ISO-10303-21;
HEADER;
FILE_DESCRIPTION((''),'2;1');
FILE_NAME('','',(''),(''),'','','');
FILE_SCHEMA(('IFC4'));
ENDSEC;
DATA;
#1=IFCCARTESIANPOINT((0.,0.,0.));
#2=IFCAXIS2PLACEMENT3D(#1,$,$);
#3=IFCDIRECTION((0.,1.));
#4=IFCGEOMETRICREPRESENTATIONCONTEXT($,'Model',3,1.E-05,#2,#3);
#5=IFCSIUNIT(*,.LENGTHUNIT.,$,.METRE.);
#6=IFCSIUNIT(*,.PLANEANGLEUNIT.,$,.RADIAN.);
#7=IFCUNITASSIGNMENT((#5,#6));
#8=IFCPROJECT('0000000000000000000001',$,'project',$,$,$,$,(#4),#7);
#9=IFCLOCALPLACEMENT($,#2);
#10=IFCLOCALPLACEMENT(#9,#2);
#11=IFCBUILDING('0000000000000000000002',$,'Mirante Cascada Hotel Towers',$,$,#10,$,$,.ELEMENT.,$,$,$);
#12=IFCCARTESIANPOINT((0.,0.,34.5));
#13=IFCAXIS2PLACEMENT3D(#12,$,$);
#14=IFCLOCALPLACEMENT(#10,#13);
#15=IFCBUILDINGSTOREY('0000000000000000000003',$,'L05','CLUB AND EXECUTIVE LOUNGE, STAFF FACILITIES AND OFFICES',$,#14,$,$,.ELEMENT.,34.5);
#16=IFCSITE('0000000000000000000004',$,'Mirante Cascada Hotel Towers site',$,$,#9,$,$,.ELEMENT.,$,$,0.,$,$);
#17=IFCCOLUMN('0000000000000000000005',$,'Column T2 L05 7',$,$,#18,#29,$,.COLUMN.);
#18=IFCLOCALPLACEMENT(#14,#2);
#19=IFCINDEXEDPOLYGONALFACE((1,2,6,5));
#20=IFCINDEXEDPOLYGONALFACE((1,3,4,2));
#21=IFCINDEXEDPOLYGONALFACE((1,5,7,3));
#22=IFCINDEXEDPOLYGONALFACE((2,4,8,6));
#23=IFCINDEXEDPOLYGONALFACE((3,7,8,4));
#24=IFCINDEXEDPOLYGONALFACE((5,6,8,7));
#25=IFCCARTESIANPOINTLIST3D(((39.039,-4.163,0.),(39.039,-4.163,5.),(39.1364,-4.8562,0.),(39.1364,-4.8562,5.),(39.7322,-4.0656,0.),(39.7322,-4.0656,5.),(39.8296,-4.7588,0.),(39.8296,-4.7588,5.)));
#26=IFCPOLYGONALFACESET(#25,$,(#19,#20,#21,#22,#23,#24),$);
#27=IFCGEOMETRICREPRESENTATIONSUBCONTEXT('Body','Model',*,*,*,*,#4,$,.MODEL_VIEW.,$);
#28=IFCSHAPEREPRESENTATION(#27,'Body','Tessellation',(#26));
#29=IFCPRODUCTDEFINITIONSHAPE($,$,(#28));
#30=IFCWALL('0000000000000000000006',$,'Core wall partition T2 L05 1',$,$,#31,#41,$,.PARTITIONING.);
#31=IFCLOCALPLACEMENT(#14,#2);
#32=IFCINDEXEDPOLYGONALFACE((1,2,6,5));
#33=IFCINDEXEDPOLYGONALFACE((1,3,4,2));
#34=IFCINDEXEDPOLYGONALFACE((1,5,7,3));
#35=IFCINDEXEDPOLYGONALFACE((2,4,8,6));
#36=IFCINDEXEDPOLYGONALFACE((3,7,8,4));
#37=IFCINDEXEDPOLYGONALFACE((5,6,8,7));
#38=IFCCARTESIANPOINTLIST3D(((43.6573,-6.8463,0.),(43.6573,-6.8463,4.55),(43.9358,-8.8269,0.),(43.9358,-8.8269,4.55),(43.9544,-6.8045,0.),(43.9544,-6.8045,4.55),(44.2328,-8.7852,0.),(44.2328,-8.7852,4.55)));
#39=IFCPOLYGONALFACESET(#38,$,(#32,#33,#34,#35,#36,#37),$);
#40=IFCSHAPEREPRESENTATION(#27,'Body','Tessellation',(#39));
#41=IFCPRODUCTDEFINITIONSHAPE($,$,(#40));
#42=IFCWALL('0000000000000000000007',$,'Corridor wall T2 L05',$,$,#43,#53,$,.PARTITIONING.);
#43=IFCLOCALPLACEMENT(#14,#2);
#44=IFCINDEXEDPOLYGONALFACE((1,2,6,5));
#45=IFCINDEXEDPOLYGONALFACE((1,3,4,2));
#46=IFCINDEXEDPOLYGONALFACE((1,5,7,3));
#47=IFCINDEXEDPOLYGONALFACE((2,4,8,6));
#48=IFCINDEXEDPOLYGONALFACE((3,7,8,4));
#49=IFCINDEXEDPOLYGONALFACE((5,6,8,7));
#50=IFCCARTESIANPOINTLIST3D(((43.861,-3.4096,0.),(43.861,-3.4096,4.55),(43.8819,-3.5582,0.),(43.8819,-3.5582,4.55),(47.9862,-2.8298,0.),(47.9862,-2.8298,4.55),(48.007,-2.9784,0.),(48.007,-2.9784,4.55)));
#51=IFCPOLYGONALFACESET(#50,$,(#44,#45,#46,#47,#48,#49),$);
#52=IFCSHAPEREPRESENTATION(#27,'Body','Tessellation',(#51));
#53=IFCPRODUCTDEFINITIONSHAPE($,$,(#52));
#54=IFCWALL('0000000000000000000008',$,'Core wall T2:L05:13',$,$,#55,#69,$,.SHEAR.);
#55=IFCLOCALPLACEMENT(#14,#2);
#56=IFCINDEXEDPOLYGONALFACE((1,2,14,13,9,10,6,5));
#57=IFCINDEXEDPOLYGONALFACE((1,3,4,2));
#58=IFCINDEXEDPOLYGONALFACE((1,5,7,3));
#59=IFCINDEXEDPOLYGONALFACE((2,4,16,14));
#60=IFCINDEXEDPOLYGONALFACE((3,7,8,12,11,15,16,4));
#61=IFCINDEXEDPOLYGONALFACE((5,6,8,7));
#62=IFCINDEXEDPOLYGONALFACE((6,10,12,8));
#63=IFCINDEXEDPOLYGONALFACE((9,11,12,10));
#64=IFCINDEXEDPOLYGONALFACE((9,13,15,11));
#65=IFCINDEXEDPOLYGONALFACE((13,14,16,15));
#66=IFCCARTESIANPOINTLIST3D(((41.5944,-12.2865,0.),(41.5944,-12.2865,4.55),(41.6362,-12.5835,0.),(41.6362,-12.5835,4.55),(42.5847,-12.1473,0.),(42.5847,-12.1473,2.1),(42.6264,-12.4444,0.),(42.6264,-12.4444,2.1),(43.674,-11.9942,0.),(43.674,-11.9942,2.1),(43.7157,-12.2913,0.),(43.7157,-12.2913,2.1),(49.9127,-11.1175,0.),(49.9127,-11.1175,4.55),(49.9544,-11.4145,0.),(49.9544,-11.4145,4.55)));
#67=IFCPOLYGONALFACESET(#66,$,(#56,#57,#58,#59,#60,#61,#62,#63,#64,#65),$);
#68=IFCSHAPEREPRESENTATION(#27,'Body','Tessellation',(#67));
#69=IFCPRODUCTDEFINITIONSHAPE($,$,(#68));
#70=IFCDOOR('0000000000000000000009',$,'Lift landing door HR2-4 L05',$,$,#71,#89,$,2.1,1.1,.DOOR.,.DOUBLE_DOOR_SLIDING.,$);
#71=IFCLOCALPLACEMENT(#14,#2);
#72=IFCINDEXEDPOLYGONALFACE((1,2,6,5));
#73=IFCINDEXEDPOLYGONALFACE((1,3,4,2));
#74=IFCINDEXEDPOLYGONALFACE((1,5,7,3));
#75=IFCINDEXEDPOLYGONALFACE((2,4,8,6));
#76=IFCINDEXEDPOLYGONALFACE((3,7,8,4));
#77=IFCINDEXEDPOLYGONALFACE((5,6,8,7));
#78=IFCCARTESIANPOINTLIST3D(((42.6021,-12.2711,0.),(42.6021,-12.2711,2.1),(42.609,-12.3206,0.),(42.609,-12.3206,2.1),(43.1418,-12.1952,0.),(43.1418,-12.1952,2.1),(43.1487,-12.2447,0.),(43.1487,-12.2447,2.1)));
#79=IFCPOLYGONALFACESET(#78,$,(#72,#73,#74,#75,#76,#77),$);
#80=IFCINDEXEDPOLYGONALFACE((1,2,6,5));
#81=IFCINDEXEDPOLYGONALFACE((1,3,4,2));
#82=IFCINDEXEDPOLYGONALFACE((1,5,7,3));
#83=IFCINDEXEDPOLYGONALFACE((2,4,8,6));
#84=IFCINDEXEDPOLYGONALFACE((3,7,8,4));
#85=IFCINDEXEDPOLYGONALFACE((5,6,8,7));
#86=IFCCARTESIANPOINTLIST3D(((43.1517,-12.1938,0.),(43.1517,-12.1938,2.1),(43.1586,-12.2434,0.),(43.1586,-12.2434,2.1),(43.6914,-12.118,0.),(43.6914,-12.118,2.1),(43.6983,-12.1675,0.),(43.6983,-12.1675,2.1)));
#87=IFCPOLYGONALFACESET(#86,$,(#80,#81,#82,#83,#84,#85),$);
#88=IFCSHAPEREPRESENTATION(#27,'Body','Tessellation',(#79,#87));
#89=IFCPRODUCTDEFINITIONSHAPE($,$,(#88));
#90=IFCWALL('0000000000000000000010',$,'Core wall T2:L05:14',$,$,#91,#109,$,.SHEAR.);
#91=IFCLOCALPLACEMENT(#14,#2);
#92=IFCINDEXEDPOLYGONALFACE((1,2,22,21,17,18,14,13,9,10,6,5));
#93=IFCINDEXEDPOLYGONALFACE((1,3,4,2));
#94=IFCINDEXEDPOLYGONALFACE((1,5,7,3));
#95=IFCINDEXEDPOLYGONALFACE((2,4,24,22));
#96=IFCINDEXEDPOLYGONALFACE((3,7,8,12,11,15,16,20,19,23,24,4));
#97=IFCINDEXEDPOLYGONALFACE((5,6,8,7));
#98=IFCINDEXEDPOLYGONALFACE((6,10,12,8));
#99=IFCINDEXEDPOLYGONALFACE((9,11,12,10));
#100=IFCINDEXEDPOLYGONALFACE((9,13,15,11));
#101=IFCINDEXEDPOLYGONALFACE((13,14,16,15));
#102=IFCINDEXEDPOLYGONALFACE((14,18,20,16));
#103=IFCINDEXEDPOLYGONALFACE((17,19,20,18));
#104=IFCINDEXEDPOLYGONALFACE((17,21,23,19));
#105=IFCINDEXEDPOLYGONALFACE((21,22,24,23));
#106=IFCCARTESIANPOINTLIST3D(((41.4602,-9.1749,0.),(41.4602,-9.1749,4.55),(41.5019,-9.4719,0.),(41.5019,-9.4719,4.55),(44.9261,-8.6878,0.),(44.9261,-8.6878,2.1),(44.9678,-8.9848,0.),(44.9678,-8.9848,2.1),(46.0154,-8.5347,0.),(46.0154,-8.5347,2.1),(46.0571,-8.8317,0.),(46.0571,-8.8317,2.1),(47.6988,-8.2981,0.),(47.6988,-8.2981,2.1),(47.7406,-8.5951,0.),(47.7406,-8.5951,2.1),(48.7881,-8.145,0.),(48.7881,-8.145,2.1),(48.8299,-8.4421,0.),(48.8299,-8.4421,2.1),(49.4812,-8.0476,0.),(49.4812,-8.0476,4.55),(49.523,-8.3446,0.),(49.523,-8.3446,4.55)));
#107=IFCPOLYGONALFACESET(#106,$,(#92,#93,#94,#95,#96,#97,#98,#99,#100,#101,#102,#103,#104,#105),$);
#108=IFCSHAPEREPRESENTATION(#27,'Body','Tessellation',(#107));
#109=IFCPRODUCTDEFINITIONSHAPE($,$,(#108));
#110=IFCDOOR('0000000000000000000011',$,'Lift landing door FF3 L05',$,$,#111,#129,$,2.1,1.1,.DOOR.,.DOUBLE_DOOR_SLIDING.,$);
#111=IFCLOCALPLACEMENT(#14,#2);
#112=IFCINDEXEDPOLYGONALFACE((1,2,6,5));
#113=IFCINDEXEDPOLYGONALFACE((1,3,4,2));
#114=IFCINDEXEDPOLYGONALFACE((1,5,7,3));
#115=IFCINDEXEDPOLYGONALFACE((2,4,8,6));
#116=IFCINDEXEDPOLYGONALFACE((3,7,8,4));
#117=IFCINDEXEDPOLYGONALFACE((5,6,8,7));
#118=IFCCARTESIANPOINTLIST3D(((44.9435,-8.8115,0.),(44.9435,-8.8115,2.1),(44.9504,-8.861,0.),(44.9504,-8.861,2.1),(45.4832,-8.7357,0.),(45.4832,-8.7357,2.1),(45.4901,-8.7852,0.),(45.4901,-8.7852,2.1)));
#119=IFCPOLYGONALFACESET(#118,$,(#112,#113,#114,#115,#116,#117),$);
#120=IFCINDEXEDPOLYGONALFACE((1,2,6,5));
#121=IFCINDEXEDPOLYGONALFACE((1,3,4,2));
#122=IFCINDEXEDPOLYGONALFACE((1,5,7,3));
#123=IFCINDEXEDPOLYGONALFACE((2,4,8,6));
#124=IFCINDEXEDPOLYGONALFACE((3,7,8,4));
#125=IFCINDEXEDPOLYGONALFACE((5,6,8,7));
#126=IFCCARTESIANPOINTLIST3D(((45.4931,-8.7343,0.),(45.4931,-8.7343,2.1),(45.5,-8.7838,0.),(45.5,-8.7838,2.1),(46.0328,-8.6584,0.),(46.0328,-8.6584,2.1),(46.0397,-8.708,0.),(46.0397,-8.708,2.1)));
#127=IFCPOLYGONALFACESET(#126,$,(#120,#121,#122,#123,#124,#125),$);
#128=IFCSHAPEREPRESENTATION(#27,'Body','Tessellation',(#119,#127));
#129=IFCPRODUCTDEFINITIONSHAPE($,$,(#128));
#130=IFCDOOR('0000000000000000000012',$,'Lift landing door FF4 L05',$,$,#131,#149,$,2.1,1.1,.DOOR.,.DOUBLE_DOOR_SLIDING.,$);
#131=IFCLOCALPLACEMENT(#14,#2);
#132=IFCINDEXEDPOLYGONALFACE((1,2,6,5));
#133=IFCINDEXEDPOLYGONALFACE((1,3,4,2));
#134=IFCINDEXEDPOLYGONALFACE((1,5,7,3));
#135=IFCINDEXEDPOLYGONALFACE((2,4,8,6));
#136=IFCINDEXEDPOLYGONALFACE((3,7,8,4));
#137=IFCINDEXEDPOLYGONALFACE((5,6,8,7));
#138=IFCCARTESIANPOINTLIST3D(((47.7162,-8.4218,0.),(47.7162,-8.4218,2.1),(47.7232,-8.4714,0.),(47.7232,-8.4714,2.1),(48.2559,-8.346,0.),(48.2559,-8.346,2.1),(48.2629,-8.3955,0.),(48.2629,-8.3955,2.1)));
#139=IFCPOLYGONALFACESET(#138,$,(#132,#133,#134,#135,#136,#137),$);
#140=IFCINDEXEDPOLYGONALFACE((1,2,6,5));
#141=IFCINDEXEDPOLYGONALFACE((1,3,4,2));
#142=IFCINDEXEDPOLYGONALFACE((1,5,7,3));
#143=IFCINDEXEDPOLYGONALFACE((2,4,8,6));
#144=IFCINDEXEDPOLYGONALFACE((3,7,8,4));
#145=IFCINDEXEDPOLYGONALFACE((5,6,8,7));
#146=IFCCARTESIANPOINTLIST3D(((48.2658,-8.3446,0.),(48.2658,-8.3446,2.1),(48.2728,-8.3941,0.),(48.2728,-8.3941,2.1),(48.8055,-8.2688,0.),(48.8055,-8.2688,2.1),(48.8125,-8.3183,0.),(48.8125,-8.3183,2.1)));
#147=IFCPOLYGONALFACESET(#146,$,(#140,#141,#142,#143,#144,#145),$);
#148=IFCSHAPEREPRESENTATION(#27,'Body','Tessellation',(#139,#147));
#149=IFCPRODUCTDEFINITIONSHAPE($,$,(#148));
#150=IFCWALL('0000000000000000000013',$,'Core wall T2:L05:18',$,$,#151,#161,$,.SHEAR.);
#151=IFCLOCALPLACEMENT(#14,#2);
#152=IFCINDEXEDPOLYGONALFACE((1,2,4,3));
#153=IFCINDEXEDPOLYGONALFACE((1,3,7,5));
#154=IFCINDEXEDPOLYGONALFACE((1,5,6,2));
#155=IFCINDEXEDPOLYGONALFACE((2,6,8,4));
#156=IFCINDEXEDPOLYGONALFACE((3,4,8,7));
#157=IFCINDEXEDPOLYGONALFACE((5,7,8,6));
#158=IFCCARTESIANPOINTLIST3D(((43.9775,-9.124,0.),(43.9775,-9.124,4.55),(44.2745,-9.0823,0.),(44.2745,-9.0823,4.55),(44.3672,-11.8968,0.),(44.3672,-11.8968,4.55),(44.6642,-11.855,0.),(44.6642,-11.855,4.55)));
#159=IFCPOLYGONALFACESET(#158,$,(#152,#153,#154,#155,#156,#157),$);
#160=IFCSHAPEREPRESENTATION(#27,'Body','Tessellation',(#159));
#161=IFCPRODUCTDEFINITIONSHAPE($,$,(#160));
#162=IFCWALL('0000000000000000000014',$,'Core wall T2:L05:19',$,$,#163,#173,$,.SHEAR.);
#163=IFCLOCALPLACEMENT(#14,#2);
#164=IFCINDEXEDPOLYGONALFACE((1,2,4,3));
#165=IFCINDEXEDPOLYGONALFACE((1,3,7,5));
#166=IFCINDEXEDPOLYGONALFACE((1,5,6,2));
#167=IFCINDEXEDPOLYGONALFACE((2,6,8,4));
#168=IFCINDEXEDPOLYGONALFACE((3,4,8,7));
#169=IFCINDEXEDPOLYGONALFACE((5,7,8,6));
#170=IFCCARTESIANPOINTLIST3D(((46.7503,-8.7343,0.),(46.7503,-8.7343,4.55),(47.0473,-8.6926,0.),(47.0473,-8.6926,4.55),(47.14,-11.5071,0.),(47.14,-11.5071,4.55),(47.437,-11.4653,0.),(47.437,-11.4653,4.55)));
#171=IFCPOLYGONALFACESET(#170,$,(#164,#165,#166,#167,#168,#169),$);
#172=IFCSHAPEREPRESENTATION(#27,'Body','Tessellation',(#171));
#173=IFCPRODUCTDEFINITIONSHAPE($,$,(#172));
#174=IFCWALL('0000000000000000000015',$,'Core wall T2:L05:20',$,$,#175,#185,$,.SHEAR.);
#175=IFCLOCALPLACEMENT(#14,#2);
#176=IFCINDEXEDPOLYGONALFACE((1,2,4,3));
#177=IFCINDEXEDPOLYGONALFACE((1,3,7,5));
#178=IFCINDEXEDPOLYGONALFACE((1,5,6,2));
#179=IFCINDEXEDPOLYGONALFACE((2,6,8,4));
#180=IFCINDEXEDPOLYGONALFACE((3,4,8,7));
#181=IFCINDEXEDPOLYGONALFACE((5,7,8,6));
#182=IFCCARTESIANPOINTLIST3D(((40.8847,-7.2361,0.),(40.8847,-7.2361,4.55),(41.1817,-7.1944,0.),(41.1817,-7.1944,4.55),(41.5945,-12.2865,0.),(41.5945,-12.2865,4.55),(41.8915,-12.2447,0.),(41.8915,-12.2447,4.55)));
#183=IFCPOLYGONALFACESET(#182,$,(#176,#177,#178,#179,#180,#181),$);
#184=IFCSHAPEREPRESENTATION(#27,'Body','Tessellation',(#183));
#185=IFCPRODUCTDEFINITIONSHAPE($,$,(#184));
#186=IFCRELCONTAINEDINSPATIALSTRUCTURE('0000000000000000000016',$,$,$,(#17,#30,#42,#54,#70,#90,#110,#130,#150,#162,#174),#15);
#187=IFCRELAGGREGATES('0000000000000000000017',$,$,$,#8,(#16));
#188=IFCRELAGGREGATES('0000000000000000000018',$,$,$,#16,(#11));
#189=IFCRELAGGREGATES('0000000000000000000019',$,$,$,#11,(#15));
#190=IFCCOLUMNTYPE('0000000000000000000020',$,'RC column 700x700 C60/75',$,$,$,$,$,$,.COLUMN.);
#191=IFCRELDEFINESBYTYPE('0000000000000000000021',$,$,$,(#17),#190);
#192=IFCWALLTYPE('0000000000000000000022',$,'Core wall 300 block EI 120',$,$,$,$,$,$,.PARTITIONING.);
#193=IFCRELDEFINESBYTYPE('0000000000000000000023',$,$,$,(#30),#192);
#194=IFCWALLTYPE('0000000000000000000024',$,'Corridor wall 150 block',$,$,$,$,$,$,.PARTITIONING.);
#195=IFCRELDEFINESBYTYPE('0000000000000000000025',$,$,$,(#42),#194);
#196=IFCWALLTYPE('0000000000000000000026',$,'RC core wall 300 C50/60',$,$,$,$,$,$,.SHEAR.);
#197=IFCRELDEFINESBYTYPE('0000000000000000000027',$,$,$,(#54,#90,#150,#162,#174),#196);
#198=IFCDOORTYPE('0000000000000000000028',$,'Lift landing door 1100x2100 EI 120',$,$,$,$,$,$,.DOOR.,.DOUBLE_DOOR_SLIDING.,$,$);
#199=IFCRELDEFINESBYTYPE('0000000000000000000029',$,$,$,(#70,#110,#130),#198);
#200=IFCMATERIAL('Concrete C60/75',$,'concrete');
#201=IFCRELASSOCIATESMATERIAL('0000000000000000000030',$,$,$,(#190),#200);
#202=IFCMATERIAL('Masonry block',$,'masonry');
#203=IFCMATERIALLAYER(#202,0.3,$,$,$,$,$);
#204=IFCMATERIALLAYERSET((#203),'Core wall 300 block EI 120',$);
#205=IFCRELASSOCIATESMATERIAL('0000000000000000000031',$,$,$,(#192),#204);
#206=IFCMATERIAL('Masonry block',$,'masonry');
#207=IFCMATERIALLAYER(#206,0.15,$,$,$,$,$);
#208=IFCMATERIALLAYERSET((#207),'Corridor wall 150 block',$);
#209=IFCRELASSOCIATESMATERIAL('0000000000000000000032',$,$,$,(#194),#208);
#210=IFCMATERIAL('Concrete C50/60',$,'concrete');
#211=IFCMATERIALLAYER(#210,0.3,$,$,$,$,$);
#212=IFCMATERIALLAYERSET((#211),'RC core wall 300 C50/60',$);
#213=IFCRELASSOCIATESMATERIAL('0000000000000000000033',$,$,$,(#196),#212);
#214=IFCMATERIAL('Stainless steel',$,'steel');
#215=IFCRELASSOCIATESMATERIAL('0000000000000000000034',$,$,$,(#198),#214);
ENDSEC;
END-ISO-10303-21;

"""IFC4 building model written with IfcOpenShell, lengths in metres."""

from ifc_helpers import new_model, si_unit, direction, frame, frame_2d, origin, origin_2d, place, context, subcontext, project, spatial, rectangle, extrude, material, layer, layer_set, material_profile, profile_set, type_object, element, fill, save


model = new_model("IFC4")

# Units and contexts
model_context = context("Model", 3, precision=1e-05, world=origin(), true_north=direction((0.0, 1.0)))
body_context = subcontext(model_context, "Body", "Model", "MODEL_VIEW")
ifc_project = project(units=[si_unit("LENGTHUNIT", "METRE"), si_unit("PLANEANGLEUNIT", "RADIAN")], contexts=[model_context])

# Site, building, storey
site_placement = place(None, origin())
site = spatial("IfcSite", under=ifc_project, at=site_placement, Name="Mirante Cascada Hotel Towers site", CompositionType="ELEMENT", RefElevation=0.0)
building_placement = place(site_placement, origin())
building = spatial("IfcBuilding", under=site, at=building_placement, Name="Mirante Cascada Hotel Towers", CompositionType="ELEMENT")
storey_placement = place(building_placement, frame((0.0, 0.0, 34.5)))
storey = spatial("IfcBuildingStorey", under=building, at=storey_placement, Name="L05", Description="CLUB AND EXECUTIVE LOUNGE, STAFF FACILITIES AND OFFICES", CompositionType="ELEMENT", Elevation=34.5)

# Column
ifc_material_1 = material(Name="Concrete C60/75", Category="concrete")
ifc_material_profile = material_profile(ifc_material_1, rectangle(XDim=0.7, YDim=0.7, at=origin_2d()), Name="RC column 700x700 C60/75")
ifc_profile_set = profile_set([ifc_material_profile], Name="Concrete C60/75")
column_type = type_object("IfcColumnType", Name="RC column 700x700 C60/75", PredefinedType="COLUMN", material=ifc_profile_set)
column_placement = place(storey_placement, frame((39.4343, -4.4609, 0.0), z_axis=(0.0, 0.0, 1.0), x_axis=(0.990268, 0.139173, 0.0)))
element("IfcColumn", 1, at=column_placement, inside=storey, type_object=column_type, Name="Column T2 L05 7", PredefinedType="COLUMN", context=body_context, shape_type="SweptSolid", body=[
    extrude(rectangle(XDim=0.7, YDim=0.7, at=origin_2d()), origin(), (0.0, 0.0, 1.0), 5.0),
])

# Walls
ifc_material_2 = material(Name="Masonry block", Category="masonry")
ifc_layer_1 = layer(ifc_material_2, 0.3)
ifc_layer_set_1 = layer_set([ifc_layer_1], Name="Core wall 300 block EI 120")
wall_type_1 = type_object("IfcWallType", Name="Core wall 300 block EI 120", PredefinedType="PARTITIONING", material=ifc_layer_set_1)
wall_1_placement = place(storey_placement, frame((44.0843, -8.8061, 0.0), z_axis=(0.0, 0.0, 1.0), x_axis=(-0.139195, 0.990265, 0.0)))
element("IfcWall", 2, at=wall_1_placement, inside=storey, type_object=wall_type_1, Name="Core wall partition T2 L05 1", PredefinedType="PARTITIONING", context=body_context, shape_type="SweptSolid", body=[
    extrude(rectangle(XDim=2.0001, YDim=0.3, at=frame_2d((1.0001, 0.0))), origin(), (0.0, 0.0, 1.0), 4.55),
])
ifc_material_3 = material(Name="Masonry block", Category="masonry")
ifc_layer_2 = layer(ifc_material_3, 0.15)
ifc_layer_set_2 = layer_set([ifc_layer_2], Name="Corridor wall 150 block")
wall_type_2 = type_object("IfcWallType", Name="Corridor wall 150 block", PredefinedType="PARTITIONING", material=ifc_layer_set_2)
wall_2_placement = place(storey_placement, frame((43.8715, -3.4839, 0.0), z_axis=(0.0, 0.0, 1.0), x_axis=(0.990267, 0.139183, 0.0)))
element("IfcWall", 3, at=wall_2_placement, inside=storey, type_object=wall_type_2, Name="Corridor wall T2 L05", PredefinedType="PARTITIONING", context=body_context, shape_type="SweptSolid", body=[
    extrude(rectangle(XDim=4.1657, YDim=0.15, at=frame_2d((2.0828, 0.0))), origin(), (0.0, 0.0, 1.0), 4.55),
])

# Wall, opening, door
ifc_material_4 = material(Name="Concrete C50/60", Category="concrete")
ifc_layer_3 = layer(ifc_material_4, 0.3)
ifc_layer_set_3 = layer_set([ifc_layer_3], Name="RC core wall 300 C50/60")
wall_type_3 = type_object("IfcWallType", Name="RC core wall 300 C50/60", PredefinedType="SHEAR", material=ifc_layer_set_3)
wall_3_placement = place(storey_placement, frame((41.6153, -12.435, 0.0), z_axis=(0.0, 0.0, 1.0), x_axis=(0.990269, 0.139166, 0.0)))
wall_3 = element("IfcWall", 4, at=wall_3_placement, inside=storey, type_object=wall_type_3, Name="Core wall T2:L05:13", PredefinedType="SHEAR", context=body_context, shape_type="SweptSolid", body=[
    extrude(rectangle(XDim=8.4, YDim=0.3, at=frame_2d((4.2, 0.0))), origin(), (0.0, 0.0, 1.0), 4.55),
])
opening_1_placement = place(wall_3_placement, frame((1.0, 0.0, 0.0)))
opening_1 = element("IfcOpeningElement", 5, at=opening_1_placement, cuts=wall_3, PredefinedType="OPENING", context=body_context, shape_type="SweptSolid", body=[
    extrude(rectangle(XDim=1.1, YDim=2.1, at=frame_2d((0.55, 1.05))), frame((0.0, 0.15, 0.0), z_axis=(0.0, -1.0, 0.0), x_axis=(1.0, 0.0, 0.0)), (0.0, 0.0, 1.0), 0.3),
])
ifc_material_5 = material(Name="Stainless steel", Category="steel")
door_type = type_object("IfcDoorType", Name="Lift landing door 1100x2100 EI 120", OperationType="DOUBLE_DOOR_SLIDING", PredefinedType="DOOR", material=ifc_material_5)
door_1_placement = place(opening_1_placement, origin())
door_1 = element("IfcDoor", 6, at=door_1_placement, inside=storey, type_object=door_type, Name="Lift landing door HR2-4 L05", OperationType="DOUBLE_DOOR_SLIDING", OverallHeight=2.1, OverallWidth=1.1, PredefinedType="DOOR", context=body_context, shape_type="SweptSolid", body=[
    extrude(rectangle(XDim=0.545, YDim=2.1, at=frame_2d((0.2725, 1.05))), frame((0.0, 0.025, 0.0), z_axis=(0.0, -1.0, 0.0), x_axis=(1.0, 0.0, 0.0)), (0.0, 0.0, 1.0), 0.05),
    extrude(rectangle(XDim=0.545, YDim=2.1, at=frame_2d((0.8275, 1.05))), frame((0.0, 0.025, 0.0), z_axis=(0.0, -1.0, 0.0), x_axis=(1.0, 0.0, 0.0)), (0.0, 0.0, 1.0), 0.05),
])
fill(opening_1, door_1)

# Wall, openings, doors
wall_4_placement = place(storey_placement, frame((41.481, -9.3234, 0.0), z_axis=(0.0, 0.0, 1.0), x_axis=(0.990268, 0.139174, 0.0)))
wall_4 = element("IfcWall", 7, at=wall_4_placement, inside=storey, type_object=wall_type_3, Name="Core wall T2:L05:14", PredefinedType="SHEAR", context=body_context, shape_type="SweptSolid", body=[
    extrude(rectangle(XDim=8.0999, YDim=0.3, at=frame_2d((4.05, 0.0))), origin(), (0.0, 0.0, 1.0), 4.55),
])
opening_2_placement = place(wall_4_placement, frame((3.5, 0.0, 0.0)))
opening_2 = element("IfcOpeningElement", 8, at=opening_2_placement, cuts=wall_4, PredefinedType="OPENING", context=body_context, shape_type="SweptSolid", body=[
    extrude(rectangle(XDim=1.1, YDim=2.1, at=frame_2d((0.55, 1.05))), frame((0.0, 0.15, 0.0), z_axis=(0.0, -1.0, 0.0), x_axis=(1.0, 0.0, 0.0)), (0.0, 0.0, 1.0), 0.3),
])
opening_3_placement = place(wall_4_placement, frame((6.3, 0.0, 0.0)))
opening_3 = element("IfcOpeningElement", 9, at=opening_3_placement, cuts=wall_4, PredefinedType="OPENING", context=body_context, shape_type="SweptSolid", body=[
    extrude(rectangle(XDim=1.1, YDim=2.1, at=frame_2d((0.55, 1.05))), frame((0.0, 0.15, 0.0), z_axis=(0.0, -1.0, 0.0), x_axis=(1.0, 0.0, 0.0)), (0.0, 0.0, 1.0), 0.3),
])
door_2_placement = place(opening_2_placement, origin())
door_2 = element("IfcDoor", 10, at=door_2_placement, inside=storey, type_object=door_type, Name="Lift landing door FF3 L05", OperationType="DOUBLE_DOOR_SLIDING", OverallHeight=2.1, OverallWidth=1.1, PredefinedType="DOOR", context=body_context, shape_type="SweptSolid", body=[
    extrude(rectangle(XDim=0.545, YDim=2.1, at=frame_2d((0.2725, 1.05))), frame((0.0, 0.025, 0.0), z_axis=(0.0, -1.0, 0.0), x_axis=(1.0, 0.0, 0.0)), (0.0, 0.0, 1.0), 0.05),
    extrude(rectangle(XDim=0.545, YDim=2.1, at=frame_2d((0.8275, 1.05))), frame((0.0, 0.025, 0.0), z_axis=(0.0, -1.0, 0.0), x_axis=(1.0, 0.0, 0.0)), (0.0, 0.0, 1.0), 0.05),
])
fill(opening_2, door_2)
door_3_placement = place(opening_3_placement, origin())
door_3 = element("IfcDoor", 11, at=door_3_placement, inside=storey, type_object=door_type, Name="Lift landing door FF4 L05", OperationType="DOUBLE_DOOR_SLIDING", OverallHeight=2.1, OverallWidth=1.1, PredefinedType="DOOR", context=body_context, shape_type="SweptSolid", body=[
    extrude(rectangle(XDim=0.545, YDim=2.1, at=frame_2d((0.2725, 1.05))), frame((0.0, 0.025, 0.0), z_axis=(0.0, -1.0, 0.0), x_axis=(1.0, 0.0, 0.0)), (0.0, 0.0, 1.0), 0.05),
    extrude(rectangle(XDim=0.545, YDim=2.1, at=frame_2d((0.8275, 1.05))), frame((0.0, 0.025, 0.0), z_axis=(0.0, -1.0, 0.0), x_axis=(1.0, 0.0, 0.0)), (0.0, 0.0, 1.0), 0.05),
])
fill(opening_3, door_3)

# Walls
for number, where, z_axis, x_axis, name in (
    (12, (44.5157, -11.8759, 0.0), (0.0, 0.0, 1.0), (-0.139181, 0.990267, 0.0), "Core wall T2:L05:18"),
    (13, (47.2885, -11.4862, 0.0), (0.0, 0.0, 1.0), (-0.139181, 0.990267, 0.0), "Core wall T2:L05:19"),
):
    element("IfcWall", number, at=place(storey_placement, frame(where, z_axis=z_axis, x_axis=x_axis)), inside=storey, type_object=wall_type_3, Name=name, PredefinedType="SHEAR", context=body_context, shape_type="SweptSolid", body=[
        extrude(rectangle(XDim=2.8, YDim=0.3, at=frame_2d((1.4, 0.0))), origin(), (0.0, 0.0, 1.0), 4.55),
    ])
wall_5_placement = place(storey_placement, frame((41.743, -12.2656, 0.0), z_axis=(0.0, 0.0, 1.0), x_axis=(-0.139176, 0.990268, 0.0)))
element("IfcWall", 14, at=wall_5_placement, inside=storey, type_object=wall_type_3, Name="Core wall T2:L05:20", PredefinedType="SHEAR", context=body_context, shape_type="SweptSolid", body=[
    extrude(rectangle(XDim=5.1, YDim=0.3, at=frame_2d((2.55, 0.0))), origin(), (0.0, 0.0, 1.0), 4.55),
])

save(model, "model.ifc")
